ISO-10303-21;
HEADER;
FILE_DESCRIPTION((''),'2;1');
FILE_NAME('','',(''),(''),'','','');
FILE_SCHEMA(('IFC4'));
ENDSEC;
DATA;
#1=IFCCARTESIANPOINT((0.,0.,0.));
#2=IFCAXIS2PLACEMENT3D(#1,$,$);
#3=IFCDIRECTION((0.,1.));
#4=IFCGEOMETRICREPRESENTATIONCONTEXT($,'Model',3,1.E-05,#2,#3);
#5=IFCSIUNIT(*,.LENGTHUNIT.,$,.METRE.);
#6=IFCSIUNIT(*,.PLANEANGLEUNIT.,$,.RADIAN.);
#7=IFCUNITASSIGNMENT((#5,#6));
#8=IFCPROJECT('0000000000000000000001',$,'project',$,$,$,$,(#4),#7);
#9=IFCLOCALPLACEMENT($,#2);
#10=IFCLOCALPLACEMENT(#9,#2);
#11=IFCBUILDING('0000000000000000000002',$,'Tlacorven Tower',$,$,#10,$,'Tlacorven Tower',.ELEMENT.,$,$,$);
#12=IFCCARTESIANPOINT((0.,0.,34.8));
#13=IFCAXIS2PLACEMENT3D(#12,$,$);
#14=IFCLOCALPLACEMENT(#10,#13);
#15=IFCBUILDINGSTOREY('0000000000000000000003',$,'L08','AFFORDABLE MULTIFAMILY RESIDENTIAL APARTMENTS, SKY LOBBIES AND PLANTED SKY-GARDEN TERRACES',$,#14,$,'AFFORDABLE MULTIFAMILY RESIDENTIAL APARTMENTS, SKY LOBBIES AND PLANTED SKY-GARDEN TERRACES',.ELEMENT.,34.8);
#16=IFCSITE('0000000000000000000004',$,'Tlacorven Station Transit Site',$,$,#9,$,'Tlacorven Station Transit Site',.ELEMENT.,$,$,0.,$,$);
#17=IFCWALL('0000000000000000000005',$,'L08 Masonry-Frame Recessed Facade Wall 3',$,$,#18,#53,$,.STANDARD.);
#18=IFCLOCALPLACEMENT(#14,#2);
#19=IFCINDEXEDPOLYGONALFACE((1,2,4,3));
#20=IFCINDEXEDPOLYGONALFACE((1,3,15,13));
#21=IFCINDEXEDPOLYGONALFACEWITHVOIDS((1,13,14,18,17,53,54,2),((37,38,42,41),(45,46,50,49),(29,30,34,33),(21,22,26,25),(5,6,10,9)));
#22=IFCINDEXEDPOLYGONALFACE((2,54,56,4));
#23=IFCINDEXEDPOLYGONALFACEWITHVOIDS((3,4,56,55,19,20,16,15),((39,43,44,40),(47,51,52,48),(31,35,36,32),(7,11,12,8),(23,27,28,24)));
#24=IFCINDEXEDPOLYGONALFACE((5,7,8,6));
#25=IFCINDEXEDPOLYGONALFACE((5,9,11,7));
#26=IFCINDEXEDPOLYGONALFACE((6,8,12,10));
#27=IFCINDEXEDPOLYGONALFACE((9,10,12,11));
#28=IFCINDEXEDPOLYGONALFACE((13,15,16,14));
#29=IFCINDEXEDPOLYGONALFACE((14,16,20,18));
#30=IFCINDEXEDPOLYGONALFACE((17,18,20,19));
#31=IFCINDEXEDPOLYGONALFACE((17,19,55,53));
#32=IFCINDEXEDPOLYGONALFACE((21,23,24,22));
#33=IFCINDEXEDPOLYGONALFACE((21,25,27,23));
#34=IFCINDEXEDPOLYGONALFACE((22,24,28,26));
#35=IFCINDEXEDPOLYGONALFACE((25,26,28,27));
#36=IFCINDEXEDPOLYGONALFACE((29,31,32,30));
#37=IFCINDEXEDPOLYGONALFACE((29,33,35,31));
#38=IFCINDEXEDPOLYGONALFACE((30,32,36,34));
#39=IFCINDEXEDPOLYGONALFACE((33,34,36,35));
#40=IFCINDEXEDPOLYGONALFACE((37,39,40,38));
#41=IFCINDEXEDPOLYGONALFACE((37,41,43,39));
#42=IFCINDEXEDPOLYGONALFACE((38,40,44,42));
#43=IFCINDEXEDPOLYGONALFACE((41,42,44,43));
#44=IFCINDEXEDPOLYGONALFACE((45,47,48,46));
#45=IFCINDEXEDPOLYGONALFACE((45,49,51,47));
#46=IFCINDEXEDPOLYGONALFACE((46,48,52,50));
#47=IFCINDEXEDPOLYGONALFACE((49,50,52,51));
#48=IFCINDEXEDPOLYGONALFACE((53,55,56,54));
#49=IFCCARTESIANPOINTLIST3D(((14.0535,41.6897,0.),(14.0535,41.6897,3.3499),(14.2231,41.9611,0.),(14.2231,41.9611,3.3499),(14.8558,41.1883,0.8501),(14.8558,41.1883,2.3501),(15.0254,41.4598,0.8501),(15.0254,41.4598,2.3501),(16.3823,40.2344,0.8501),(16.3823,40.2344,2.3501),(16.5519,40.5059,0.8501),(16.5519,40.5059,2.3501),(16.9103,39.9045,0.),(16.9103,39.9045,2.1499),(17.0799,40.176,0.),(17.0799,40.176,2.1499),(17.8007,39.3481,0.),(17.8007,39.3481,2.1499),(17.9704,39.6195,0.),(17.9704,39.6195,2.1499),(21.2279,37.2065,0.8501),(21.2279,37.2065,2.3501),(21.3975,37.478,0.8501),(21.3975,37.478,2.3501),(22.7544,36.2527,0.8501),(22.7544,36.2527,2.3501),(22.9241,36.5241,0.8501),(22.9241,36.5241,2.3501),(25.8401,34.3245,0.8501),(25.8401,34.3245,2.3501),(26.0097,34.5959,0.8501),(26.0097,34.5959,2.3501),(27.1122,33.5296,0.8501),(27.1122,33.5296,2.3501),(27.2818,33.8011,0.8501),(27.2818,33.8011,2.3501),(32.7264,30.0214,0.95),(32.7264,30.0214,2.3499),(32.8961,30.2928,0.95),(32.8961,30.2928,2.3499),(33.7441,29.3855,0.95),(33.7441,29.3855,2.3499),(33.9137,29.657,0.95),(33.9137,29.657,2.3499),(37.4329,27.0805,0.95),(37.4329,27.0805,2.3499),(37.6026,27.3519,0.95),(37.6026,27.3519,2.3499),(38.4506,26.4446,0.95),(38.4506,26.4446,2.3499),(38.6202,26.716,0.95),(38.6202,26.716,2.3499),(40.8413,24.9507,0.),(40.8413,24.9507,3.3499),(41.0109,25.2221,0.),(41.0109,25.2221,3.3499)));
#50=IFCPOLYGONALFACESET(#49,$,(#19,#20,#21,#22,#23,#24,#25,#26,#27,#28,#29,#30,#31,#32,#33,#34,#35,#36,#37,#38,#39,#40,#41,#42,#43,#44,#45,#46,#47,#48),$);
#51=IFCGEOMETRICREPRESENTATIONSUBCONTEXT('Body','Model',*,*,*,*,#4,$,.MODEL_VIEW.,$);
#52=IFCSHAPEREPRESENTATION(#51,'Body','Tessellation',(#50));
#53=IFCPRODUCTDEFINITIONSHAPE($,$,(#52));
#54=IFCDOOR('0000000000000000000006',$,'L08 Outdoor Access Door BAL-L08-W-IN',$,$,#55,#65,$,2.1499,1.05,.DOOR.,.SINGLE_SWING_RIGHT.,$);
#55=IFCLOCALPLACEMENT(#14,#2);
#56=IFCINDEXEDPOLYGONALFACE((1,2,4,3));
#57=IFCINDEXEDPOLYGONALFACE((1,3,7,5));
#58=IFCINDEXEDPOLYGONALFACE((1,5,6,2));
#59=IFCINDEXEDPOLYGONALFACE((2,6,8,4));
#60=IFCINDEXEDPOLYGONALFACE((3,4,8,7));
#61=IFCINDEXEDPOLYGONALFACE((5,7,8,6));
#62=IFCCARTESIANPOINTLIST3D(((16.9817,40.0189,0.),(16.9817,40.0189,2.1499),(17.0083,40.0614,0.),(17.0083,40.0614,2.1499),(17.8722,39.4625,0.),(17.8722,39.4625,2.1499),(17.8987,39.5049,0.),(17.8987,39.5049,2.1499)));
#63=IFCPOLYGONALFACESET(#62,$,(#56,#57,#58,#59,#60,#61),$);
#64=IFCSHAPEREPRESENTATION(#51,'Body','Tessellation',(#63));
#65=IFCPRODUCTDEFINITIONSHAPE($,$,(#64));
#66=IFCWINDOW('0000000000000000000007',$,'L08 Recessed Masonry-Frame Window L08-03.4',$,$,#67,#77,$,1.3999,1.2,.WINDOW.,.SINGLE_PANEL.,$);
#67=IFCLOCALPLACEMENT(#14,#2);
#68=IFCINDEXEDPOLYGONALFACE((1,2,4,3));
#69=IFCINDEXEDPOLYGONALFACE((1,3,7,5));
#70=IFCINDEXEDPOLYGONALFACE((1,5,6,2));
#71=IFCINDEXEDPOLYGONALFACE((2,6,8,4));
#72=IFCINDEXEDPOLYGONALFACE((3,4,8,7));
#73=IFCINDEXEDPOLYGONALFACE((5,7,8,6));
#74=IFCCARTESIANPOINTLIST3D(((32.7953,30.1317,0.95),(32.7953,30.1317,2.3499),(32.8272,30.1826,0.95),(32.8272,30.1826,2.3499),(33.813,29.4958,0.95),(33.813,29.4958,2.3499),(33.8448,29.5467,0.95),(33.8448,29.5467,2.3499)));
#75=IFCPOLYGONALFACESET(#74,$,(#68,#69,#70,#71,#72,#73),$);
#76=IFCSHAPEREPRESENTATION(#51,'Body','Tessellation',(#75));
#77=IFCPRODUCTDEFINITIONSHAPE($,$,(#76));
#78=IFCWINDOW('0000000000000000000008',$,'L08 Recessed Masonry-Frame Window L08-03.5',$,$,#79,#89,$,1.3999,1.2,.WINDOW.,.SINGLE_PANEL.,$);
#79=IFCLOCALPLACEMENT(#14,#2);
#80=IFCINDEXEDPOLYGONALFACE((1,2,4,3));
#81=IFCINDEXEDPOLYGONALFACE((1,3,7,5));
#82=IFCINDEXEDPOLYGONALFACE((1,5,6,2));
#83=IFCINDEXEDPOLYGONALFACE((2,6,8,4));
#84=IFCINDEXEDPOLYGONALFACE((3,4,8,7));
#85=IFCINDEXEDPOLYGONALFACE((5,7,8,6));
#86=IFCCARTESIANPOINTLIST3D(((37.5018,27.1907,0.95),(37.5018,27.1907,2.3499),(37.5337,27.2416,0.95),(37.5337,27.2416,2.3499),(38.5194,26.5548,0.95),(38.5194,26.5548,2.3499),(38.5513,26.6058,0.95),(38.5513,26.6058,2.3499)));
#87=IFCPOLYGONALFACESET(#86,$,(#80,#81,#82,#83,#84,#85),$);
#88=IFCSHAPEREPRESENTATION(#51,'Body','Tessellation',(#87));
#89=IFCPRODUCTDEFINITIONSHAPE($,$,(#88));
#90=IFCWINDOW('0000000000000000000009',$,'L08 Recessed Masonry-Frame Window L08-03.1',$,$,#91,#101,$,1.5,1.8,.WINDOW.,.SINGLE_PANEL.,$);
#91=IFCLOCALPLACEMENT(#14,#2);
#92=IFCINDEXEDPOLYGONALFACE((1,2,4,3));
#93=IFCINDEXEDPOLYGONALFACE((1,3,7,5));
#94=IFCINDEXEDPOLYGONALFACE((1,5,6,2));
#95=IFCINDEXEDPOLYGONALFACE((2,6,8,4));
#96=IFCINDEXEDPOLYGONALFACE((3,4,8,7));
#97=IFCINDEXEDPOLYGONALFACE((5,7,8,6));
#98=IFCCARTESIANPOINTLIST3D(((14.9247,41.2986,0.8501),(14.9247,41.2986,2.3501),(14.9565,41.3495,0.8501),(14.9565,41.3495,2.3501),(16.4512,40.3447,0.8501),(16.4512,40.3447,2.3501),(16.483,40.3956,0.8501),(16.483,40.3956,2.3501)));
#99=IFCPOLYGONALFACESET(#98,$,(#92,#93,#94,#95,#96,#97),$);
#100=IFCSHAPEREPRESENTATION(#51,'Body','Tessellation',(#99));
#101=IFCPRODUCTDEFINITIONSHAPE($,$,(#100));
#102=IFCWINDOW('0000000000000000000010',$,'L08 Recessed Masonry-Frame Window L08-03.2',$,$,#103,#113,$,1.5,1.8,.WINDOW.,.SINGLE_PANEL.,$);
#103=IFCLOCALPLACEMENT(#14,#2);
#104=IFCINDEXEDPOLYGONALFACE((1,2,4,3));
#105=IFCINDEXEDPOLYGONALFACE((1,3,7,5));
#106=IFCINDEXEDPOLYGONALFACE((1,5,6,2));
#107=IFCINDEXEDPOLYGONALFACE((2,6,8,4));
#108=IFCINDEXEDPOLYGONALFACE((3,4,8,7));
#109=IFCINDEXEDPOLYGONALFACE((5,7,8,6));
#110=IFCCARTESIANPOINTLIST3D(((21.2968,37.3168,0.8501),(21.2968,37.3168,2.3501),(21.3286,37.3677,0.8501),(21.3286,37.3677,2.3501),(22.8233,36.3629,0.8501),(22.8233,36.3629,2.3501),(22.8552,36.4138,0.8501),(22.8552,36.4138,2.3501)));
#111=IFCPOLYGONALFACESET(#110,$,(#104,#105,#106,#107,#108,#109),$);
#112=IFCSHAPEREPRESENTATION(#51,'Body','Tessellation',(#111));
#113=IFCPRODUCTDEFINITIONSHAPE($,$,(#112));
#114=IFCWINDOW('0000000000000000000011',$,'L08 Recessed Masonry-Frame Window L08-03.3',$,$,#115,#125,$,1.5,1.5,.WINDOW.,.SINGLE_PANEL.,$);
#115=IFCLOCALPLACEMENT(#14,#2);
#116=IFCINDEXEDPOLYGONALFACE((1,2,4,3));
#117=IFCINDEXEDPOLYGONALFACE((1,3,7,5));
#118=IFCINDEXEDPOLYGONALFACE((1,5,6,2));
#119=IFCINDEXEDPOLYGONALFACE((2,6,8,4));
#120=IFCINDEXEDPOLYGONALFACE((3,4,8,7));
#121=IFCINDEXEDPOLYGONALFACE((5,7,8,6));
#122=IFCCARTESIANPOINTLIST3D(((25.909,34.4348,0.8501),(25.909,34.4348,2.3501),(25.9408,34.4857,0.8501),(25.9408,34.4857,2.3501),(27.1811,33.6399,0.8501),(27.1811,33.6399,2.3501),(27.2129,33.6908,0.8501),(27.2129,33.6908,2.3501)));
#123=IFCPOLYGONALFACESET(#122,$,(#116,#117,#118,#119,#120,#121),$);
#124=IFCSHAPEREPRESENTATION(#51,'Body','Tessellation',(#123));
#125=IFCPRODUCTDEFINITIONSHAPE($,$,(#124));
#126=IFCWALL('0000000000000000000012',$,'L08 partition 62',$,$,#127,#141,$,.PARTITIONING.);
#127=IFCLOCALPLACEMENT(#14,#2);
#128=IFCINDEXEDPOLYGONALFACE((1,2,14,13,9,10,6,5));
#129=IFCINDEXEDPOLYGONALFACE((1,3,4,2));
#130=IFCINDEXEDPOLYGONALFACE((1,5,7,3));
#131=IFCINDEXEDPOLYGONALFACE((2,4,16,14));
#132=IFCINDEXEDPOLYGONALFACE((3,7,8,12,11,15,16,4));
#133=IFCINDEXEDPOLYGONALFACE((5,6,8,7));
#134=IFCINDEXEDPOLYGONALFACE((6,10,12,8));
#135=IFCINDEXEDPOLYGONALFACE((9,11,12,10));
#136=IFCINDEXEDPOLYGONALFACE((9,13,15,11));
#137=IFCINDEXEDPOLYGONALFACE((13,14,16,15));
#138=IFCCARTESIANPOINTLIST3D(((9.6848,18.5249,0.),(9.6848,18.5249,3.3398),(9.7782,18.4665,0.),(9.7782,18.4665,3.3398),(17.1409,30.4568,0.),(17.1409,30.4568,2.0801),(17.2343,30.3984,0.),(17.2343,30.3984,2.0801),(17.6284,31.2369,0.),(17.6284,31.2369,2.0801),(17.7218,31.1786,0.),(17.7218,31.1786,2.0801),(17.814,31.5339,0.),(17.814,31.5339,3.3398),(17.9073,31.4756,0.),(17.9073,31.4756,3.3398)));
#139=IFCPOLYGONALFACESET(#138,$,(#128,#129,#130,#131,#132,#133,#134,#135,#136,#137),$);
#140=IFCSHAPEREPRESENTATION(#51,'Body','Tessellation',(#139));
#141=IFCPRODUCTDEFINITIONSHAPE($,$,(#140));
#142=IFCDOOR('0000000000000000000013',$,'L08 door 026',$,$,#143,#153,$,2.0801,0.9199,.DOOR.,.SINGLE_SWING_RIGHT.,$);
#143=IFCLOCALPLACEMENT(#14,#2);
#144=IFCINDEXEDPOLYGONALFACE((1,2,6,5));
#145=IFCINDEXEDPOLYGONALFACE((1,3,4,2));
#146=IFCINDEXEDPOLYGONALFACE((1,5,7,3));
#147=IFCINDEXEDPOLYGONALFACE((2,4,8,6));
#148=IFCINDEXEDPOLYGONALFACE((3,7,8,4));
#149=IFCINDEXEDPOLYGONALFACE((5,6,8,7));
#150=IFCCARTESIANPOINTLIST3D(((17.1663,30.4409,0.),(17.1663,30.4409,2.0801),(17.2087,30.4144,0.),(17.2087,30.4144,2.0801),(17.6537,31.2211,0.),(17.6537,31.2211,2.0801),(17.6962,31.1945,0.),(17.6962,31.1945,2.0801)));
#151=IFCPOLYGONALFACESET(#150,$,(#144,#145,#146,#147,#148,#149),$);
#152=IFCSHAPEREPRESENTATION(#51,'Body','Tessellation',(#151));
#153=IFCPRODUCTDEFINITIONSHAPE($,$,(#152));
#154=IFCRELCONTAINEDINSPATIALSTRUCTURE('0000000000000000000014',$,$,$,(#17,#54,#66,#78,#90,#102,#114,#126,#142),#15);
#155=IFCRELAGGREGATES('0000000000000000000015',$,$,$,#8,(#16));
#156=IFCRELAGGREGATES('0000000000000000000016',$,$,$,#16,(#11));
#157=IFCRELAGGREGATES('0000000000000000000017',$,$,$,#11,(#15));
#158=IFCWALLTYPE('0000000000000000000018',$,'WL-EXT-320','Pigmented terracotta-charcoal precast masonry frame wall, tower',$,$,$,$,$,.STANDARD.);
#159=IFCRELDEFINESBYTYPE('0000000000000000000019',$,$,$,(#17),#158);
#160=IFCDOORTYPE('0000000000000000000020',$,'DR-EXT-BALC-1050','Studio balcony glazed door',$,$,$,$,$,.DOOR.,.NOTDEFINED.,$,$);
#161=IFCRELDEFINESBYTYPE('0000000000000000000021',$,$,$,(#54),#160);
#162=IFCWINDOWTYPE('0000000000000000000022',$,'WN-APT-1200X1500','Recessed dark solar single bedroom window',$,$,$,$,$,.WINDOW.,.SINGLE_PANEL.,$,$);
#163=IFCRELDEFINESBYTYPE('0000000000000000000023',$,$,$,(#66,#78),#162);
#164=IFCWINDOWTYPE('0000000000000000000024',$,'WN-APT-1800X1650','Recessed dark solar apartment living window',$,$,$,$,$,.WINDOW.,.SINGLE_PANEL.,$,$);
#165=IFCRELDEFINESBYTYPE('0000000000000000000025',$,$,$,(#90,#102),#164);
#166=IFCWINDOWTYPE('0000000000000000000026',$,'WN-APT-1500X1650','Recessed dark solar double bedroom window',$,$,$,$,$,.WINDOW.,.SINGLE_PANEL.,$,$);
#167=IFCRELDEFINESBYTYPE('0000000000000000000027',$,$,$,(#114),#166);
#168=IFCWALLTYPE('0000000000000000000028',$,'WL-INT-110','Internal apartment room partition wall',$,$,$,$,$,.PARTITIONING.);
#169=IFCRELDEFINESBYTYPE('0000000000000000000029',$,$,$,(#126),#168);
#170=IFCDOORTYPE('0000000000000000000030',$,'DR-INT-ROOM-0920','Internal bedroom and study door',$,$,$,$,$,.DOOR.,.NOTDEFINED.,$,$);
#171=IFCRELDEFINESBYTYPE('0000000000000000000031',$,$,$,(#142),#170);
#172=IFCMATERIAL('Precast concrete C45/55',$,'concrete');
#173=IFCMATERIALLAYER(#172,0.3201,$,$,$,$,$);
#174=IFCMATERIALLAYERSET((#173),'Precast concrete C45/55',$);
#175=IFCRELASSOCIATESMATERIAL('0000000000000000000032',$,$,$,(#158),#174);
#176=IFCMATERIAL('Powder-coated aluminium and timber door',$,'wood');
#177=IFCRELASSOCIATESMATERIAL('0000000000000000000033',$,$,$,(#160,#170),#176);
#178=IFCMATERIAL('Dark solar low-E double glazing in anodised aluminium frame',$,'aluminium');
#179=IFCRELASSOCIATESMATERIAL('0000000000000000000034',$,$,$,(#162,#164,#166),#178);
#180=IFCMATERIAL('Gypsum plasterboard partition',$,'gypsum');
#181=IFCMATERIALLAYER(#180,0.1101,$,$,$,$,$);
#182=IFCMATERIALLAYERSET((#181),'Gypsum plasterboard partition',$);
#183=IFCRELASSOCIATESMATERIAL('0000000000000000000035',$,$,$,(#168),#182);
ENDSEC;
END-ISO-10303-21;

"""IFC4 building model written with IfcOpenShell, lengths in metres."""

from ifc_helpers import new_model, si_unit, direction, frame, frame_2d, origin, place, context, subcontext, project, spatial, rectangle, extrude, source, transform, mapped, material, layer, layer_set, type_object, element, fill, save


model = new_model("IFC4")

# Units and contexts
model_context = context("Model", 3, precision=1e-05, world=origin(), true_north=direction((0.0, 1.0)))
body_context = subcontext(model_context, "Body", "Model", "MODEL_VIEW")
ifc_project = project(units=[si_unit("LENGTHUNIT", "METRE"), si_unit("PLANEANGLEUNIT", "RADIAN")], contexts=[model_context])

# Site, building, storey
site_placement = place(None, origin())
site = spatial("IfcSite", under=ifc_project, at=site_placement, Name="Tlacorven Station Transit Site", LongName="Tlacorven Station Transit Site", CompositionType="ELEMENT", RefElevation=0.0)
building_placement = place(site_placement, origin())
building = spatial("IfcBuilding", under=site, at=building_placement, Name="Tlacorven Tower", LongName="Tlacorven Tower", CompositionType="ELEMENT")
storey_placement = place(building_placement, frame((0.0, 0.0, 34.8)))
storey = spatial("IfcBuildingStorey", under=building, at=storey_placement, Name="L08", Description="AFFORDABLE MULTIFAMILY RESIDENTIAL APARTMENTS, SKY LOBBIES AND PLANTED SKY-GARDEN TERRACES", LongName="AFFORDABLE MULTIFAMILY RESIDENTIAL APARTMENTS, SKY LOBBIES AND PLANTED SKY-GARDEN TERRACES", CompositionType="ELEMENT", Elevation=34.8)

# Wall, openings, door, windows
ifc_material_1 = material(Name="Precast concrete C45/55", Category="concrete")
ifc_layer_1 = layer(ifc_material_1, 0.3201)
ifc_layer_set_1 = layer_set([ifc_layer_1], Name="Precast concrete C45/55")
wall_type_1 = type_object("IfcWallType", Name="WL-EXT-320", Description="Pigmented terracotta-charcoal precast masonry frame wall, tower", PredefinedType="STANDARD", material=ifc_layer_set_1)
wall_1_placement = place(storey_placement, frame((14.1382, 41.8254, 0.0), z_axis=(0.0, 0.0, 1.0), x_axis=(0.848046, -0.529922, 0.0)))
wall_1 = element("IfcWall", 1, at=wall_1_placement, inside=storey, type_object=wall_type_1, Name="L08 Masonry-Frame Recessed Facade Wall 3", PredefinedType="STANDARD", context=body_context, shape_type="SweptSolid", body=[
    extrude(rectangle(XDim=31.5876, YDim=0.3201, at=frame_2d((15.7939, 0.0))), origin(), (0.0, 0.0, 1.0), 3.3499),
])
opening_1_placement = place(wall_1_placement, frame((3.3689, 0.0, 0.0)))
opening_1 = element("IfcOpeningElement", 2, at=opening_1_placement, cuts=wall_1, PredefinedType="OPENING", context=body_context, shape_type="SweptSolid", body=[
    extrude(rectangle(XDim=1.05, YDim=2.1499, at=frame_2d((0.5249, 1.075))), frame((0.0, 0.1699, 0.0), z_axis=(0.0, -1.0, 0.0), x_axis=(1.0, 0.0, 0.0)), (0.0, 0.0, 1.0), 0.3401),
])
opening_2_placement = place(wall_1_placement, frame((0.9463, 0.0, 0.8501)))
opening_2 = element("IfcOpeningElement", 3, at=opening_2_placement, cuts=wall_1, PredefinedType="OPENING", context=body_context, shape_type="SweptSolid", body=[
    extrude(rectangle(XDim=1.8, YDim=1.5, at=frame_2d((0.8999, 0.75))), frame((0.0, 0.1699, 0.0), z_axis=(0.0, -1.0, 0.0), x_axis=(1.0, 0.0, 0.0)), (0.0, 0.0, 1.0), 0.3401),
])
opening_3_placement = place(wall_1_placement, frame((8.4602, 0.0, 0.8501)))
opening_3 = element("IfcOpeningElement", 4, at=opening_3_placement, cuts=wall_1, PredefinedType="OPENING", context=body_context, shape_type="SweptSolid", body=[
    extrude(rectangle(XDim=1.8, YDim=1.5, at=frame_2d((0.8999, 0.75))), frame((0.0, 0.1699, 0.0), z_axis=(0.0, -1.0, 0.0), x_axis=(1.0, 0.0, 0.0)), (0.0, 0.0, 1.0), 0.3401),
])
opening_4_placement = place(wall_1_placement, frame((13.8987, 0.0, 0.8501)))
opening_4 = element("IfcOpeningElement", 5, at=opening_4_placement, cuts=wall_1, PredefinedType="OPENING", context=body_context, shape_type="SweptSolid", body=[
    extrude(rectangle(XDim=1.5, YDim=1.5, at=frame_2d((0.75, 0.75))), frame((0.0, 0.1699, 0.0), z_axis=(0.0, -1.0, 0.0), x_axis=(1.0, 0.0, 0.0)), (0.0, 0.0, 1.0), 0.3401),
])
opening_5_placement = place(wall_1_placement, frame((22.0188, 0.0, 0.95)))
opening_5 = element("IfcOpeningElement", 6, at=opening_5_placement, cuts=wall_1, PredefinedType="OPENING", context=body_context, shape_type="SweptSolid", body=[
    extrude(rectangle(XDim=1.2, YDim=1.3999, at=frame_2d((0.6001, 0.7))), frame((0.0, 0.1699, 0.0), z_axis=(0.0, -1.0, 0.0), x_axis=(1.0, 0.0, 0.0)), (0.0, 0.0, 1.0), 0.3401),
])
opening_6_placement = place(wall_1_placement, frame((27.5686, 0.0, 0.95)))
opening_6 = element("IfcOpeningElement", 7, at=opening_6_placement, cuts=wall_1, PredefinedType="OPENING", context=body_context, shape_type="SweptSolid", body=[
    extrude(rectangle(XDim=1.2, YDim=1.3999, at=frame_2d((0.6001, 0.7))), frame((0.0, 0.1699, 0.0), z_axis=(0.0, -1.0, 0.0), x_axis=(1.0, 0.0, 0.0)), (0.0, 0.0, 1.0), 0.3401),
])
ifc_material_2 = material(Name="Powder-coated aluminium and timber door", Category="wood")
door_type_1 = type_object("IfcDoorType", Name="DR-EXT-BALC-1050", Description="Studio balcony glazed door", OperationType="NOTDEFINED", PredefinedType="DOOR", material=ifc_material_2)
shared_shape_1 = source(origin(), body_context, "Body", "SweptSolid", [
    extrude(rectangle(XDim=1.05, YDim=2.1499, at=frame_2d((0.5249, 1.075))), frame((0.0, 0.0249, 0.0), z_axis=(0.0, -1.0, 0.0), x_axis=(1.0, 0.0, 0.0)), (0.0, 0.0, 1.0), 0.05),
])
door_1_placement = place(opening_1_placement, origin())
door_1 = element("IfcDoor", 8, at=door_1_placement, inside=storey, type_object=door_type_1, Name="L08 Outdoor Access Door BAL-L08-W-IN", OperationType="SINGLE_SWING_RIGHT", OverallHeight=2.1499, OverallWidth=1.05, PredefinedType="DOOR", context=body_context, shape_type="MappedRepresentation", body=[
    mapped(shared_shape_1, transform((0.0, 0.0, 0.0), scale=1.0)),
])
fill(opening_1, door_1)
ifc_material_3 = material(Name="Dark solar low-E double glazing in anodised aluminium frame", Category="aluminium")
window_type_1 = type_object("IfcWindowType", Name="WN-APT-1200X1500", Description="Recessed dark solar single bedroom window", PartitioningType="SINGLE_PANEL", PredefinedType="WINDOW", material=ifc_material_3)
shared_shape_2 = source(origin(), body_context, "Body", "SweptSolid", [
    extrude(rectangle(XDim=1.2, YDim=1.3999, at=frame_2d((0.6001, 0.7))), frame((0.0, 0.03, 0.0), z_axis=(0.0, -1.0, 0.0), x_axis=(1.0, 0.0, 0.0)), (0.0, 0.0, 1.0), 0.0601),
])
window_1_placement = place(opening_5_placement, origin())
window_1 = element("IfcWindow", 9, at=window_1_placement, inside=storey, type_object=window_type_1, Name="L08 Recessed Masonry-Frame Window L08-03.4", OverallHeight=1.3999, OverallWidth=1.2, PartitioningType="SINGLE_PANEL", PredefinedType="WINDOW", context=body_context, shape_type="MappedRepresentation", body=[
    mapped(shared_shape_2, transform((0.0, 0.0, 0.0), scale=1.0)),
])
fill(opening_5, window_1)
window_2_placement = place(opening_6_placement, origin())
window_2 = element("IfcWindow", 10, at=window_2_placement, inside=storey, type_object=window_type_1, Name="L08 Recessed Masonry-Frame Window L08-03.5", OverallHeight=1.3999, OverallWidth=1.2, PartitioningType="SINGLE_PANEL", PredefinedType="WINDOW", context=body_context, shape_type="MappedRepresentation", body=[
    mapped(shared_shape_2, transform((0.0, 0.0, 0.0), scale=1.0)),
])
fill(opening_6, window_2)
window_type_2 = type_object("IfcWindowType", Name="WN-APT-1800X1650", Description="Recessed dark solar apartment living window", PartitioningType="SINGLE_PANEL", PredefinedType="WINDOW", material=ifc_material_3)
shared_shape_3 = source(origin(), body_context, "Body", "SweptSolid", [
    extrude(rectangle(XDim=1.8, YDim=1.5, at=frame_2d((0.8999, 0.75))), frame((0.0, 0.03, 0.0), z_axis=(0.0, -1.0, 0.0), x_axis=(1.0, 0.0, 0.0)), (0.0, 0.0, 1.0), 0.0601),
])
window_3_placement = place(opening_2_placement, origin())
window_3 = element("IfcWindow", 11, at=window_3_placement, inside=storey, type_object=window_type_2, Name="L08 Recessed Masonry-Frame Window L08-03.1", OverallHeight=1.5, OverallWidth=1.8, PartitioningType="SINGLE_PANEL", PredefinedType="WINDOW", context=body_context, shape_type="MappedRepresentation", body=[
    mapped(shared_shape_3, transform((0.0, 0.0, 0.0), scale=1.0)),
])
fill(opening_2, window_3)
window_4_placement = place(opening_3_placement, origin())
window_4 = element("IfcWindow", 12, at=window_4_placement, inside=storey, type_object=window_type_2, Name="L08 Recessed Masonry-Frame Window L08-03.2", OverallHeight=1.5, OverallWidth=1.8, PartitioningType="SINGLE_PANEL", PredefinedType="WINDOW", context=body_context, shape_type="MappedRepresentation", body=[
    mapped(shared_shape_3, transform((0.0, 0.0, 0.0), scale=1.0)),
])
fill(opening_3, window_4)
window_type_3 = type_object("IfcWindowType", Name="WN-APT-1500X1650", Description="Recessed dark solar double bedroom window", PartitioningType="SINGLE_PANEL", PredefinedType="WINDOW", material=ifc_material_3)
shared_shape_4 = source(origin(), body_context, "Body", "SweptSolid", [
    extrude(rectangle(XDim=1.5, YDim=1.5, at=frame_2d((0.75, 0.75))), frame((0.0, 0.03, 0.0), z_axis=(0.0, -1.0, 0.0), x_axis=(1.0, 0.0, 0.0)), (0.0, 0.0, 1.0), 0.0601),
])
window_5_placement = place(opening_4_placement, origin())
window_5 = element("IfcWindow", 13, at=window_5_placement, inside=storey, type_object=window_type_3, Name="L08 Recessed Masonry-Frame Window L08-03.3", OverallHeight=1.5, OverallWidth=1.5, PartitioningType="SINGLE_PANEL", PredefinedType="WINDOW", context=body_context, shape_type="MappedRepresentation", body=[
    mapped(shared_shape_4, transform((0.0, 0.0, 0.0), scale=1.0)),
])
fill(opening_4, window_5)

# Wall, opening, door
ifc_material_4 = material(Name="Gypsum plasterboard partition", Category="gypsum")
ifc_layer_2 = layer(ifc_material_4, 0.1101)
ifc_layer_set_2 = layer_set([ifc_layer_2], Name="Gypsum plasterboard partition")
wall_type_2 = type_object("IfcWallType", Name="WL-INT-110", Description="Internal apartment room partition wall", PredefinedType="PARTITIONING", material=ifc_layer_set_2)
wall_2_placement = place(storey_placement, frame((17.8606, 31.5046, 0.0), z_axis=(0.0, 0.0, 1.0), x_axis=(-0.529929, -0.848042, 0.0)))
wall_2 = element("IfcWall", 14, at=wall_2_placement, inside=storey, type_object=wall_type_2, Name="L08 partition 62", PredefinedType="PARTITIONING", context=body_context, shape_type="SweptSolid", body=[
    extrude(rectangle(XDim=15.3401, YDim=0.1101, at=frame_2d((7.6699, 0.0))), origin(), (0.0, 0.0, 1.0), 3.3398),
])
opening_7_placement = place(wall_2_placement, frame((0.3501, 0.0, 0.0)))
opening_7 = element("IfcOpeningElement", 15, at=opening_7_placement, cuts=wall_2, PredefinedType="OPENING", context=body_context, shape_type="SweptSolid", body=[
    extrude(rectangle(XDim=0.9199, YDim=2.0801, at=frame_2d((0.46, 1.04))), frame((0.0, 0.0649, 0.0), z_axis=(0.0, -1.0, 0.0), x_axis=(1.0, 0.0, 0.0)), (0.0, 0.0, 1.0), 0.1301),
])
door_type_2 = type_object("IfcDoorType", Name="DR-INT-ROOM-0920", Description="Internal bedroom and study door", OperationType="NOTDEFINED", PredefinedType="DOOR", material=ifc_material_2)
shared_shape_5 = source(origin(), body_context, "Body", "SweptSolid", [
    extrude(rectangle(XDim=0.9199, YDim=2.0801, at=frame_2d((0.46, 1.04))), frame((0.0, 0.0249, 0.0), z_axis=(0.0, -1.0, 0.0), x_axis=(1.0, 0.0, 0.0)), (0.0, 0.0, 1.0), 0.05),
])
door_2_placement = place(opening_7_placement, origin())
door_2 = element("IfcDoor", 16, at=door_2_placement, inside=storey, type_object=door_type_2, Name="L08 door 026", OperationType="SINGLE_SWING_RIGHT", OverallHeight=2.0801, OverallWidth=0.9199, PredefinedType="DOOR", context=body_context, shape_type="MappedRepresentation", body=[
    mapped(shared_shape_5, transform((0.0, 0.0, 0.0), scale=1.0)),
])
fill(opening_7, door_2)

save(model, "model.ifc")
